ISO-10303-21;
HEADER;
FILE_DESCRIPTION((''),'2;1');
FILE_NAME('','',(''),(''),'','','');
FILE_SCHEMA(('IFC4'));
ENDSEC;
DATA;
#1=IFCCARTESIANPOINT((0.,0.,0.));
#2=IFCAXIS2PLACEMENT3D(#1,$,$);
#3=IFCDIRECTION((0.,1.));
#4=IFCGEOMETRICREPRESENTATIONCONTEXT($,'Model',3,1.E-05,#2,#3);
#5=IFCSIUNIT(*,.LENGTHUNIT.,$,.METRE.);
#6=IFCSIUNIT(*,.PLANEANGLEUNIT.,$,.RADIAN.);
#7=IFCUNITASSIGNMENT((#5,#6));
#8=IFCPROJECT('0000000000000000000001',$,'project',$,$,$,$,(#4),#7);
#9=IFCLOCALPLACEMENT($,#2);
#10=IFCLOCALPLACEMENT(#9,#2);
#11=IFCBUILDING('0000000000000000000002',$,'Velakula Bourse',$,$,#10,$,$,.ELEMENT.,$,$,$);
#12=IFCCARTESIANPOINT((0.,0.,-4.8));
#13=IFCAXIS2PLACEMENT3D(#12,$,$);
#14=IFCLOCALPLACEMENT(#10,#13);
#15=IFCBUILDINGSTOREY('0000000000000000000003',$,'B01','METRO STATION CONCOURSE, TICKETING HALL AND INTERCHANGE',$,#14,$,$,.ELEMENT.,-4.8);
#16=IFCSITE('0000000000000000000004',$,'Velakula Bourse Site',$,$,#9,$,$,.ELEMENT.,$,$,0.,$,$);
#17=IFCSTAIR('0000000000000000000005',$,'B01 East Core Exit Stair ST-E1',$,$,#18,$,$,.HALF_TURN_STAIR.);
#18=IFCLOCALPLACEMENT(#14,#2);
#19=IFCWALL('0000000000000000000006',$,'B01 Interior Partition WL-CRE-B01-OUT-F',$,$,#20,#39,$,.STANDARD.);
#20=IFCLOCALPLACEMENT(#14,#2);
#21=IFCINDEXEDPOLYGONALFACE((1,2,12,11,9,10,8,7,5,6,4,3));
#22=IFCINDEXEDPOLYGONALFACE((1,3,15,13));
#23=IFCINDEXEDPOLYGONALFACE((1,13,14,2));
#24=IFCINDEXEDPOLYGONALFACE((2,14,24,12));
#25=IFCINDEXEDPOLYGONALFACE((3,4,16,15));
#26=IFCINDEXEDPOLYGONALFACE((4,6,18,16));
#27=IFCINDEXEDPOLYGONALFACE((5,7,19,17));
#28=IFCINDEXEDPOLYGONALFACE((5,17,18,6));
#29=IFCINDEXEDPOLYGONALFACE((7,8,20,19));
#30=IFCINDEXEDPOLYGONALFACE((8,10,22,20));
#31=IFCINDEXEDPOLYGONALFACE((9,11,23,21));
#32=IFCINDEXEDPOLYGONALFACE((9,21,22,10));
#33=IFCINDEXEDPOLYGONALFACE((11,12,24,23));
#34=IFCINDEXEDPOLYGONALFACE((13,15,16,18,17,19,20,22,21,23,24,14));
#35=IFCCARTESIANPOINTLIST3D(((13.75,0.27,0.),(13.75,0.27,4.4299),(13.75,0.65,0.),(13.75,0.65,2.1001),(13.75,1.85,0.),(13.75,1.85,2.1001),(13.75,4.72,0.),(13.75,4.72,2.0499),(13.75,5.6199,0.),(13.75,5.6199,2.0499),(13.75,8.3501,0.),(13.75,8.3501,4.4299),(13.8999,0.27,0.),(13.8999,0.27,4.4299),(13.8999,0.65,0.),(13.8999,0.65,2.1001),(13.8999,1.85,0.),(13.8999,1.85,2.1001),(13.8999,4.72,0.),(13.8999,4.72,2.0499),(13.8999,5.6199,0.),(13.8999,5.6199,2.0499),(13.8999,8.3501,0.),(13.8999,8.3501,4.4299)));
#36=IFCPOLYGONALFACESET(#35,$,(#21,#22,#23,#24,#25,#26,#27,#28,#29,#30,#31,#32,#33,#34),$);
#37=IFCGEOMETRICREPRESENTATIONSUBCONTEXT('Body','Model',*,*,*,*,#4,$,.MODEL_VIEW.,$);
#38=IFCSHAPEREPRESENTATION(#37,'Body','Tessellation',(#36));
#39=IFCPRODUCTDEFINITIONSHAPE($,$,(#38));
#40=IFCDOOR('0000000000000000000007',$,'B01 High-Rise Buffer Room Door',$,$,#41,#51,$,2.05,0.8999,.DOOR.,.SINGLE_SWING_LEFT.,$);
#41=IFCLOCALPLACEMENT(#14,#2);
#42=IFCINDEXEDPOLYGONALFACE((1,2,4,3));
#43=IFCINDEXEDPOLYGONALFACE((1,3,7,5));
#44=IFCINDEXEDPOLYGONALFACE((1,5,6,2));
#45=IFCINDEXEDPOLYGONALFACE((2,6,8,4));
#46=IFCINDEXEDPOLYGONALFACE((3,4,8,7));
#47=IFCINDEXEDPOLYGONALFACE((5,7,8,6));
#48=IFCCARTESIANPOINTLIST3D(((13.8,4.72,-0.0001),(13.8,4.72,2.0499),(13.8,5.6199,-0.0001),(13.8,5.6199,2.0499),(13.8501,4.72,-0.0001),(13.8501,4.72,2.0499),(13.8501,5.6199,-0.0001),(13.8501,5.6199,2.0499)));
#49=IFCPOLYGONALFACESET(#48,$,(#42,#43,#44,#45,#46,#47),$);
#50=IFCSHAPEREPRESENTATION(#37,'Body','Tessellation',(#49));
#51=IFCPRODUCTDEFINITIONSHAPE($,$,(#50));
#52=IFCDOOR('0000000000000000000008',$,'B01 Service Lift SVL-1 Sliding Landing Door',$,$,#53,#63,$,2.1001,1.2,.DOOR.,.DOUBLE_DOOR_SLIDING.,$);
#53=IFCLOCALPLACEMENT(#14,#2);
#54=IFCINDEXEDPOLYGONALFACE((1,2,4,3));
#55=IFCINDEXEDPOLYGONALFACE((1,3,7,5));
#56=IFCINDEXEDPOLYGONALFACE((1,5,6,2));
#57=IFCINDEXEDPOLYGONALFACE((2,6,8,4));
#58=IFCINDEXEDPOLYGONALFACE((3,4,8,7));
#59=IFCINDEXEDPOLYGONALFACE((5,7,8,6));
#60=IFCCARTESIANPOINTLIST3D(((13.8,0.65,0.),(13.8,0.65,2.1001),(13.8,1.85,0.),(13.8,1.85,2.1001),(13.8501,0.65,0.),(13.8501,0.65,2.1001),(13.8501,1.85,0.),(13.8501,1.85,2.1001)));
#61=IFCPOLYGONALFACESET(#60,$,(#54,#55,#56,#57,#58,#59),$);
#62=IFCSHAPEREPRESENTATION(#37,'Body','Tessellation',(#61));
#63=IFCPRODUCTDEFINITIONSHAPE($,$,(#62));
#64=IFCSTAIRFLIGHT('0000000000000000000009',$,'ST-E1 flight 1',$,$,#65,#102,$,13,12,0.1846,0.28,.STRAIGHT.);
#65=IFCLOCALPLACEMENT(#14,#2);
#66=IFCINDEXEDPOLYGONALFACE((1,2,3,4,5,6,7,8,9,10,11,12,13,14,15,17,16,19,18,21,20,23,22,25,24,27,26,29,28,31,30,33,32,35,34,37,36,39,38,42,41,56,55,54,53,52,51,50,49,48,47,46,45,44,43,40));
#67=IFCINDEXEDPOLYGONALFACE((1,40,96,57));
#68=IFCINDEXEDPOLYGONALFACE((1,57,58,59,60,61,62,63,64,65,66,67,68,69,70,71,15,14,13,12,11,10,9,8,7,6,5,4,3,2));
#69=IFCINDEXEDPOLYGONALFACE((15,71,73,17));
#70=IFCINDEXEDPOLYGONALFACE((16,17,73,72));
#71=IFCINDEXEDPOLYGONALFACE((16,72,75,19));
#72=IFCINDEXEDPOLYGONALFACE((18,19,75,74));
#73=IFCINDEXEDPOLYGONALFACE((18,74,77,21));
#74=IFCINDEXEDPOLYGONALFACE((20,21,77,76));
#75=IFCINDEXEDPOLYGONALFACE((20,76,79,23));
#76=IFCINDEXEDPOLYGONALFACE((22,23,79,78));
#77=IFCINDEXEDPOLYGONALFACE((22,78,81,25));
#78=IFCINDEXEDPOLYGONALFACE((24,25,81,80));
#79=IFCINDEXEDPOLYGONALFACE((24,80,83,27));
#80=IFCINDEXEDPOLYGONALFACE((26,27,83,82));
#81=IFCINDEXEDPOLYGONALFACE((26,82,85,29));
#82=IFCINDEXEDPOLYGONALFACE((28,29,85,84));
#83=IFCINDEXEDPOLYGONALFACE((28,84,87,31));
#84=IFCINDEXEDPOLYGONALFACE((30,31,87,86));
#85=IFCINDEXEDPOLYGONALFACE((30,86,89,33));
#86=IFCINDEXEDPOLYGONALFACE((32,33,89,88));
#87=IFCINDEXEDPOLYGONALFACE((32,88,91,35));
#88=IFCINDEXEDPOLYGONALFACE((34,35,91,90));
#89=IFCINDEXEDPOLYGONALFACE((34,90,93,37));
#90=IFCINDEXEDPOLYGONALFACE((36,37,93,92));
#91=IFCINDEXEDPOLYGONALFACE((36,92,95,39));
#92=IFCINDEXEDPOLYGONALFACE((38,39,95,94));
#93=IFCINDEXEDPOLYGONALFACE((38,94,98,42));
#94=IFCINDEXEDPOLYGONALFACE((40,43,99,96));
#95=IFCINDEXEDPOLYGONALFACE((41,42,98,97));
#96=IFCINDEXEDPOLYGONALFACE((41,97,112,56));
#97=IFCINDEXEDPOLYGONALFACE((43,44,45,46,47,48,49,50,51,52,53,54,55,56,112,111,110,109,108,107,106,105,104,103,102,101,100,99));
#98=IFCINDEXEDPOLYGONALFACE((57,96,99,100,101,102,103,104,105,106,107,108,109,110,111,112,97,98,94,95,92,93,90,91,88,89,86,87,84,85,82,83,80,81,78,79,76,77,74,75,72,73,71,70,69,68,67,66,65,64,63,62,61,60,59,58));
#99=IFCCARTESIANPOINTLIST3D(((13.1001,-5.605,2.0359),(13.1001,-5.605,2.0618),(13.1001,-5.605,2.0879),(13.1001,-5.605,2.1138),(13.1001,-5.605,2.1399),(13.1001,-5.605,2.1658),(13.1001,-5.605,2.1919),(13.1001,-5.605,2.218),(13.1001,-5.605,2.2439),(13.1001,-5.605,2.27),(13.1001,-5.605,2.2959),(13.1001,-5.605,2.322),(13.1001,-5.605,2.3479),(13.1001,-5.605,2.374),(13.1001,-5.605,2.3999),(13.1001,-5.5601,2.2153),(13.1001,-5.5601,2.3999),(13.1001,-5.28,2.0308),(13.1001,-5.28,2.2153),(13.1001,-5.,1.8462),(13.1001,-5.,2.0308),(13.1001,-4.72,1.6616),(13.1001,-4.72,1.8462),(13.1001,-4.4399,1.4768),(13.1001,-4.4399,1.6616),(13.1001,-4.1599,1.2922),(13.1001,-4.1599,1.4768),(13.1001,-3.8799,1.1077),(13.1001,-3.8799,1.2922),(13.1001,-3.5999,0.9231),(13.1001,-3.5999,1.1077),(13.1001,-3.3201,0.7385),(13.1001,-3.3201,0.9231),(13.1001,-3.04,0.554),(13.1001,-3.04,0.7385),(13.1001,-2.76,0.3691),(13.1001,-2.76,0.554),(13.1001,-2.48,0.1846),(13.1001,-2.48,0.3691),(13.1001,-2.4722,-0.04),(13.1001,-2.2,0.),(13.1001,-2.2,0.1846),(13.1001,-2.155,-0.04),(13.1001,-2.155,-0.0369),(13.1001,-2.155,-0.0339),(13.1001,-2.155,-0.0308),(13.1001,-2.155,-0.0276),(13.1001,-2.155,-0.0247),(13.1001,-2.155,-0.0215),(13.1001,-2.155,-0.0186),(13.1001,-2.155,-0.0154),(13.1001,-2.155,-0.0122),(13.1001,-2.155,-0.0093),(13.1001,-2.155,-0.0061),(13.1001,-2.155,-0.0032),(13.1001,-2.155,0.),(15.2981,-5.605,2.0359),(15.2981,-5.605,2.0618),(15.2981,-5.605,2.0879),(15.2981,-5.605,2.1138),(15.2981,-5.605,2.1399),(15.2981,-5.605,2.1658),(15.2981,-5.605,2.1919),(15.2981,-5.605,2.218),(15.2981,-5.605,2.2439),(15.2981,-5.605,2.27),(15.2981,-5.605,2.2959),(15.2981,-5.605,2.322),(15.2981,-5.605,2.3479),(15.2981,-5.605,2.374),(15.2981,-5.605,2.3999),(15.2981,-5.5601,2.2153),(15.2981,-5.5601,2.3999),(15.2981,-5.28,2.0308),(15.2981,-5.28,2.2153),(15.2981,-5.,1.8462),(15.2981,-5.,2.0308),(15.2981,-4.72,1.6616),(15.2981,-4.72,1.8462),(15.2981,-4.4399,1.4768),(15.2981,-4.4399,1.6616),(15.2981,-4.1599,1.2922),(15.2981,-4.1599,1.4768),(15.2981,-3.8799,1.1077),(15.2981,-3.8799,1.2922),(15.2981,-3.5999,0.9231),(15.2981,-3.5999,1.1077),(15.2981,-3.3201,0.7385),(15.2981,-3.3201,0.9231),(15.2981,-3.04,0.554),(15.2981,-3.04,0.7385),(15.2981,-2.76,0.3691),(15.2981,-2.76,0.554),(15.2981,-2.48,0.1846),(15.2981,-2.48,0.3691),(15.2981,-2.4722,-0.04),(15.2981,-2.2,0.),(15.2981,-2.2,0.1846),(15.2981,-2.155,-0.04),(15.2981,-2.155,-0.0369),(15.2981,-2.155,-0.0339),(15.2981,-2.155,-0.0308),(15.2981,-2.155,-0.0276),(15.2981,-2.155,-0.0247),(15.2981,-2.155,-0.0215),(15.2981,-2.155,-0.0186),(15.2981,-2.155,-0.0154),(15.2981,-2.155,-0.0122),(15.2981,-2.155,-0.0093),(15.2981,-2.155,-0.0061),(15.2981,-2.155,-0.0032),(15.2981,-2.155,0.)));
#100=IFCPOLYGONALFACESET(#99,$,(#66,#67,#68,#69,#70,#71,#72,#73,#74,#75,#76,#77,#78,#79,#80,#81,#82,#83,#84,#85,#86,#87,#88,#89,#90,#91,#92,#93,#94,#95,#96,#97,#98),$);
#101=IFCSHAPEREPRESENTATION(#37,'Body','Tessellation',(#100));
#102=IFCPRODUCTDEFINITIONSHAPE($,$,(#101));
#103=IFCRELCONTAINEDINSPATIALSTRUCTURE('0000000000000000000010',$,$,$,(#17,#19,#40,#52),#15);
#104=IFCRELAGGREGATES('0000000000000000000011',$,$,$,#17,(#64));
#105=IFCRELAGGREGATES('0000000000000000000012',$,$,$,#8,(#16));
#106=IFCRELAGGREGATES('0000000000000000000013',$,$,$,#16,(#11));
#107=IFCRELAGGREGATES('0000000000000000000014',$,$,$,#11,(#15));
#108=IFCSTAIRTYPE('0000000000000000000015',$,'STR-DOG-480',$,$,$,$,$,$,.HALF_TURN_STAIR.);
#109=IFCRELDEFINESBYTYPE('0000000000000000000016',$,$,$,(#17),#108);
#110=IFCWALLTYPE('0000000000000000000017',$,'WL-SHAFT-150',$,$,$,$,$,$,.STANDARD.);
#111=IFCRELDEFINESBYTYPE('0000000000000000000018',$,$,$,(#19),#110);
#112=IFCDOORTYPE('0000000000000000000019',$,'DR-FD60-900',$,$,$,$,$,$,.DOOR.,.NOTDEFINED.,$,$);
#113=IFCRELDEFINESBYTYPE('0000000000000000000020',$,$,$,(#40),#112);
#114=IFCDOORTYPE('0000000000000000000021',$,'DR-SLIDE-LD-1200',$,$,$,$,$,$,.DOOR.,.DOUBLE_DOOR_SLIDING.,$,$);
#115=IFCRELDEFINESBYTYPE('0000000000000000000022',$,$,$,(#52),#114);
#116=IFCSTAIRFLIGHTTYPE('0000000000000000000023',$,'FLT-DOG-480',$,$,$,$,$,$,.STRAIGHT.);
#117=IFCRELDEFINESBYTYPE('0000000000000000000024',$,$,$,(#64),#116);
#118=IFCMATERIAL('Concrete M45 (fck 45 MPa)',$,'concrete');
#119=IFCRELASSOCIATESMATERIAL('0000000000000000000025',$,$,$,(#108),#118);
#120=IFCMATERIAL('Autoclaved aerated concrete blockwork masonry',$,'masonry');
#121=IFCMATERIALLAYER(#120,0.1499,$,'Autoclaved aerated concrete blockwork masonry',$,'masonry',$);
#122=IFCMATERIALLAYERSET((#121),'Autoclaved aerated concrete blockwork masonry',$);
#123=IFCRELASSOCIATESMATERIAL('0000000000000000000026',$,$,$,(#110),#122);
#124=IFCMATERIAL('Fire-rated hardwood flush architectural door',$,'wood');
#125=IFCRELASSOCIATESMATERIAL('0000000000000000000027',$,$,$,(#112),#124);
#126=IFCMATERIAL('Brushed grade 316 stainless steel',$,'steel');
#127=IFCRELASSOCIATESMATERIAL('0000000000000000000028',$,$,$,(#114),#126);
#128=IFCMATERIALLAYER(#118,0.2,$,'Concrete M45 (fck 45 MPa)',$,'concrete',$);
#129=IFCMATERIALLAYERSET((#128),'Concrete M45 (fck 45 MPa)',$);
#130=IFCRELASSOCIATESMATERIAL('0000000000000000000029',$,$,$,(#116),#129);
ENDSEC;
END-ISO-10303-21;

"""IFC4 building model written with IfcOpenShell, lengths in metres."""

from ifc_helpers import new_model, si_unit, direction, frame, frame_2d, origin, place, context, subcontext, project, spatial, polyline, rectangle, outline, extrude, material, layer, layer_set, type_object, element, fill, aggregate, save


model = new_model("IFC4")

# Units and contexts
model_context = context("Model", 3, precision=1e-05, world=origin(), true_north=direction((0.0, 1.0)))
body_context = subcontext(model_context, "Body", "Model", "MODEL_VIEW")
ifc_project = project(units=[si_unit("LENGTHUNIT", "METRE"), si_unit("PLANEANGLEUNIT", "RADIAN")], contexts=[model_context])

# Site, building, storey
site_placement = place(None, origin())
site = spatial("IfcSite", under=ifc_project, at=site_placement, Name="Velakula Bourse Site", CompositionType="ELEMENT", RefElevation=0.0)
building_placement = place(site_placement, origin())
building = spatial("IfcBuilding", under=site, at=building_placement, Name="Velakula Bourse", CompositionType="ELEMENT")
storey_placement = place(building_placement, frame((0.0, 0.0, -4.8)))
storey = spatial("IfcBuildingStorey", under=building, at=storey_placement, Name="B01", Description="METRO STATION CONCOURSE, TICKETING HALL AND INTERCHANGE", CompositionType="ELEMENT", Elevation=-4.8)

# Stair
ifc_material_1 = material(Name="Concrete M45 (fck 45 MPa)", Category="concrete")
stair_type = type_object("IfcStairType", Name="STR-DOG-480", PredefinedType="HALF_TURN_STAIR", material=ifc_material_1)
stair_1_placement = place(storey_placement, origin())
stair_1 = element("IfcStair", 1, at=stair_1_placement, inside=storey, type_object=stair_type, Name="B01 East Core Exit Stair ST-E1", PredefinedType="HALF_TURN_STAIR")

# Shared definitions
ifc_material_2 = material(Name="Fire-rated hardwood flush architectural door", Category="wood")

# Shared definitions
ifc_material_3 = material(Name="Autoclaved aerated concrete blockwork masonry", Category="masonry")
ifc_layer_1 = layer(ifc_material_3, 0.1499, Name="Autoclaved aerated concrete blockwork masonry", Category="masonry")
ifc_layer_set_1 = layer_set([ifc_layer_1], Name="Autoclaved aerated concrete blockwork masonry")
wall_type_1 = type_object("IfcWallType", Name="WL-SHAFT-150", PredefinedType="STANDARD", material=ifc_layer_set_1)

# Shared definitions
door_type_1 = type_object("IfcDoorType", Name="DR-FD60-900", OperationType="NOTDEFINED", PredefinedType="DOOR", material=ifc_material_2)

# Wall, openings, doors
wall_1_placement = place(storey_placement, frame((13.825, 0.27, 0.0), z_axis=(0.0, 0.0, 1.0), x_axis=(0.0, 1.0, 0.0)))
wall_1 = element("IfcWall", 2, at=wall_1_placement, inside=storey, type_object=wall_type_1, Name="B01 Interior Partition WL-CRE-B01-OUT-F", PredefinedType="STANDARD", context=body_context, shape_type="SweptSolid", body=[
    extrude(rectangle(XDim=8.0801, YDim=0.1499, at=frame_2d((4.04, 0.0))), origin(), (0.0, 0.0, 1.0), 4.4299),
])
opening_1_placement = place(wall_1_placement, frame((4.45, 0.0, 0.0)))
opening_1 = element("IfcOpeningElement", 3, at=opening_1_placement, cuts=wall_1, PredefinedType="OPENING", context=body_context, shape_type="SweptSolid", body=[
    extrude(rectangle(XDim=0.8999, YDim=2.05, at=frame_2d((0.45, 1.0249))), frame((0.0, 0.085, 0.0), z_axis=(0.0, -1.0, 0.0), x_axis=(1.0, 0.0, 0.0)), (0.0, 0.0, 1.0), 0.1699),
])
opening_2_placement = place(wall_1_placement, frame((0.3799, 0.0, 0.0)))
opening_2 = element("IfcOpeningElement", 4, at=opening_2_placement, cuts=wall_1, PredefinedType="OPENING", context=body_context, shape_type="SweptSolid", body=[
    extrude(rectangle(XDim=1.2, YDim=2.1001, at=frame_2d((0.6001, 1.05))), frame((0.0, 0.085, 0.0), z_axis=(0.0, -1.0, 0.0), x_axis=(1.0, 0.0, 0.0)), (0.0, 0.0, 1.0), 0.1699),
])
door_1_placement = place(opening_1_placement, origin())
door_1 = element("IfcDoor", 5, at=door_1_placement, inside=storey, type_object=door_type_1, Name="B01 High-Rise Buffer Room Door", OperationType="SINGLE_SWING_LEFT", OverallHeight=2.05, OverallWidth=0.8999, PredefinedType="DOOR", context=body_context, shape_type="SweptSolid", body=[
    extrude(rectangle(XDim=0.8999, YDim=2.05, at=frame_2d((0.45, 1.0249))), frame((0.0, 0.0249, 0.0), z_axis=(0.0, -1.0, 0.0), x_axis=(1.0, 0.0, 0.0)), (0.0, 0.0, 1.0), 0.05),
])
fill(opening_1, door_1)
ifc_material_4 = material(Name="Brushed grade 316 stainless steel", Category="steel")
door_type_2 = type_object("IfcDoorType", Name="DR-SLIDE-LD-1200", OperationType="DOUBLE_DOOR_SLIDING", PredefinedType="DOOR", material=ifc_material_4)
door_2_placement = place(opening_2_placement, origin())
door_2 = element("IfcDoor", 6, at=door_2_placement, inside=storey, type_object=door_type_2, Name="B01 Service Lift SVL-1 Sliding Landing Door", OperationType="DOUBLE_DOOR_SLIDING", OverallHeight=2.1001, OverallWidth=1.2, PredefinedType="DOOR", context=body_context, shape_type="SweptSolid", body=[
    extrude(rectangle(XDim=1.2, YDim=2.1001, at=frame_2d((0.6001, 1.05))), frame((0.0, 0.0249, 0.0), z_axis=(0.0, -1.0, 0.0), x_axis=(1.0, 0.0, 0.0)), (0.0, 0.0, 1.0), 0.05),
])
fill(opening_2, door_2)

# Stair flight
ifc_layer_2 = layer(ifc_material_1, 0.2, Name="Concrete M45 (fck 45 MPa)", Category="concrete")
ifc_layer_set_2 = layer_set([ifc_layer_2], Name="Concrete M45 (fck 45 MPa)")
stair_flight_type = type_object("IfcStairFlightType", Name="FLT-DOG-480", PredefinedType="STRAIGHT", material=ifc_layer_set_2)
stair_flight_placement = place(storey_placement, frame((14.199, -2.2, 0.0), z_axis=(0.0, 0.0, 1.0), x_axis=(0.0, -1.0, 0.0)))
stair_flight = element("IfcStairFlight", 7, at=stair_flight_placement, type_object=stair_flight_type, Name="ST-E1 flight 1", NumberOfRisers=13, NumberOfTreads=12, PredefinedType="STRAIGHT", RiserHeight=0.1846, TreadLength=0.28, context=body_context, shape_type="SweptSolid", body=[
    extrude(outline(polyline([(-0.0449, -0.04), (-0.0449, -0.0369), (-0.0449, -0.0339), (-0.0449, -0.0308), (-0.0449, -0.0276), (-0.0449, -0.0247), (-0.0449, -0.0215), (-0.0449, -0.0186), (-0.0449, -0.0154), (-0.0449, -0.0122), (-0.0449, -0.0093), (-0.0449, -0.0061), (-0.0449, -0.0032), (-0.0449, 0.0), (0.0, 0.0), (0.0, 0.1846), (0.28, 0.1846), (0.28, 0.3691), (0.5601, 0.3691), (0.5601, 0.554), (0.8401, 0.554), (0.8401, 0.7385), (1.1201, 0.7385), (1.1201, 0.9231), (1.3999, 0.9231), (1.3999, 1.1077), (1.6799, 1.1077), (1.6799, 1.2922), (1.96, 1.2922), (1.96, 1.4768), (2.24, 1.4768), (2.24, 1.6616), (2.52, 1.6616), (2.52, 1.8462), (2.8, 1.8462), (2.8, 2.0308), (3.0801, 2.0308), (3.0801, 2.2153), (3.3601, 2.2153), (3.3601, 2.3999), (3.405, 2.3999), (3.405, 2.374), (3.405, 2.3479), (3.405, 2.322), (3.405, 2.2959), (3.405, 2.27), (3.405, 2.2439), (3.405, 2.218), (3.405, 2.1919), (3.405, 2.1658), (3.405, 2.1399), (3.405, 2.1138), (3.405, 2.0879), (3.405, 2.0618), (3.405, 2.0359), (0.2722, -0.04), (-0.0449, -0.04)])), frame((0.0, 1.0991, 0.0), z_axis=(0.0, -1.0, 0.0), x_axis=(1.0, 0.0, 0.0)), (0.0, 0.0, 1.0), 2.198),
])
aggregate(stair_1, [stair_flight])

save(model, "model.ifc")
